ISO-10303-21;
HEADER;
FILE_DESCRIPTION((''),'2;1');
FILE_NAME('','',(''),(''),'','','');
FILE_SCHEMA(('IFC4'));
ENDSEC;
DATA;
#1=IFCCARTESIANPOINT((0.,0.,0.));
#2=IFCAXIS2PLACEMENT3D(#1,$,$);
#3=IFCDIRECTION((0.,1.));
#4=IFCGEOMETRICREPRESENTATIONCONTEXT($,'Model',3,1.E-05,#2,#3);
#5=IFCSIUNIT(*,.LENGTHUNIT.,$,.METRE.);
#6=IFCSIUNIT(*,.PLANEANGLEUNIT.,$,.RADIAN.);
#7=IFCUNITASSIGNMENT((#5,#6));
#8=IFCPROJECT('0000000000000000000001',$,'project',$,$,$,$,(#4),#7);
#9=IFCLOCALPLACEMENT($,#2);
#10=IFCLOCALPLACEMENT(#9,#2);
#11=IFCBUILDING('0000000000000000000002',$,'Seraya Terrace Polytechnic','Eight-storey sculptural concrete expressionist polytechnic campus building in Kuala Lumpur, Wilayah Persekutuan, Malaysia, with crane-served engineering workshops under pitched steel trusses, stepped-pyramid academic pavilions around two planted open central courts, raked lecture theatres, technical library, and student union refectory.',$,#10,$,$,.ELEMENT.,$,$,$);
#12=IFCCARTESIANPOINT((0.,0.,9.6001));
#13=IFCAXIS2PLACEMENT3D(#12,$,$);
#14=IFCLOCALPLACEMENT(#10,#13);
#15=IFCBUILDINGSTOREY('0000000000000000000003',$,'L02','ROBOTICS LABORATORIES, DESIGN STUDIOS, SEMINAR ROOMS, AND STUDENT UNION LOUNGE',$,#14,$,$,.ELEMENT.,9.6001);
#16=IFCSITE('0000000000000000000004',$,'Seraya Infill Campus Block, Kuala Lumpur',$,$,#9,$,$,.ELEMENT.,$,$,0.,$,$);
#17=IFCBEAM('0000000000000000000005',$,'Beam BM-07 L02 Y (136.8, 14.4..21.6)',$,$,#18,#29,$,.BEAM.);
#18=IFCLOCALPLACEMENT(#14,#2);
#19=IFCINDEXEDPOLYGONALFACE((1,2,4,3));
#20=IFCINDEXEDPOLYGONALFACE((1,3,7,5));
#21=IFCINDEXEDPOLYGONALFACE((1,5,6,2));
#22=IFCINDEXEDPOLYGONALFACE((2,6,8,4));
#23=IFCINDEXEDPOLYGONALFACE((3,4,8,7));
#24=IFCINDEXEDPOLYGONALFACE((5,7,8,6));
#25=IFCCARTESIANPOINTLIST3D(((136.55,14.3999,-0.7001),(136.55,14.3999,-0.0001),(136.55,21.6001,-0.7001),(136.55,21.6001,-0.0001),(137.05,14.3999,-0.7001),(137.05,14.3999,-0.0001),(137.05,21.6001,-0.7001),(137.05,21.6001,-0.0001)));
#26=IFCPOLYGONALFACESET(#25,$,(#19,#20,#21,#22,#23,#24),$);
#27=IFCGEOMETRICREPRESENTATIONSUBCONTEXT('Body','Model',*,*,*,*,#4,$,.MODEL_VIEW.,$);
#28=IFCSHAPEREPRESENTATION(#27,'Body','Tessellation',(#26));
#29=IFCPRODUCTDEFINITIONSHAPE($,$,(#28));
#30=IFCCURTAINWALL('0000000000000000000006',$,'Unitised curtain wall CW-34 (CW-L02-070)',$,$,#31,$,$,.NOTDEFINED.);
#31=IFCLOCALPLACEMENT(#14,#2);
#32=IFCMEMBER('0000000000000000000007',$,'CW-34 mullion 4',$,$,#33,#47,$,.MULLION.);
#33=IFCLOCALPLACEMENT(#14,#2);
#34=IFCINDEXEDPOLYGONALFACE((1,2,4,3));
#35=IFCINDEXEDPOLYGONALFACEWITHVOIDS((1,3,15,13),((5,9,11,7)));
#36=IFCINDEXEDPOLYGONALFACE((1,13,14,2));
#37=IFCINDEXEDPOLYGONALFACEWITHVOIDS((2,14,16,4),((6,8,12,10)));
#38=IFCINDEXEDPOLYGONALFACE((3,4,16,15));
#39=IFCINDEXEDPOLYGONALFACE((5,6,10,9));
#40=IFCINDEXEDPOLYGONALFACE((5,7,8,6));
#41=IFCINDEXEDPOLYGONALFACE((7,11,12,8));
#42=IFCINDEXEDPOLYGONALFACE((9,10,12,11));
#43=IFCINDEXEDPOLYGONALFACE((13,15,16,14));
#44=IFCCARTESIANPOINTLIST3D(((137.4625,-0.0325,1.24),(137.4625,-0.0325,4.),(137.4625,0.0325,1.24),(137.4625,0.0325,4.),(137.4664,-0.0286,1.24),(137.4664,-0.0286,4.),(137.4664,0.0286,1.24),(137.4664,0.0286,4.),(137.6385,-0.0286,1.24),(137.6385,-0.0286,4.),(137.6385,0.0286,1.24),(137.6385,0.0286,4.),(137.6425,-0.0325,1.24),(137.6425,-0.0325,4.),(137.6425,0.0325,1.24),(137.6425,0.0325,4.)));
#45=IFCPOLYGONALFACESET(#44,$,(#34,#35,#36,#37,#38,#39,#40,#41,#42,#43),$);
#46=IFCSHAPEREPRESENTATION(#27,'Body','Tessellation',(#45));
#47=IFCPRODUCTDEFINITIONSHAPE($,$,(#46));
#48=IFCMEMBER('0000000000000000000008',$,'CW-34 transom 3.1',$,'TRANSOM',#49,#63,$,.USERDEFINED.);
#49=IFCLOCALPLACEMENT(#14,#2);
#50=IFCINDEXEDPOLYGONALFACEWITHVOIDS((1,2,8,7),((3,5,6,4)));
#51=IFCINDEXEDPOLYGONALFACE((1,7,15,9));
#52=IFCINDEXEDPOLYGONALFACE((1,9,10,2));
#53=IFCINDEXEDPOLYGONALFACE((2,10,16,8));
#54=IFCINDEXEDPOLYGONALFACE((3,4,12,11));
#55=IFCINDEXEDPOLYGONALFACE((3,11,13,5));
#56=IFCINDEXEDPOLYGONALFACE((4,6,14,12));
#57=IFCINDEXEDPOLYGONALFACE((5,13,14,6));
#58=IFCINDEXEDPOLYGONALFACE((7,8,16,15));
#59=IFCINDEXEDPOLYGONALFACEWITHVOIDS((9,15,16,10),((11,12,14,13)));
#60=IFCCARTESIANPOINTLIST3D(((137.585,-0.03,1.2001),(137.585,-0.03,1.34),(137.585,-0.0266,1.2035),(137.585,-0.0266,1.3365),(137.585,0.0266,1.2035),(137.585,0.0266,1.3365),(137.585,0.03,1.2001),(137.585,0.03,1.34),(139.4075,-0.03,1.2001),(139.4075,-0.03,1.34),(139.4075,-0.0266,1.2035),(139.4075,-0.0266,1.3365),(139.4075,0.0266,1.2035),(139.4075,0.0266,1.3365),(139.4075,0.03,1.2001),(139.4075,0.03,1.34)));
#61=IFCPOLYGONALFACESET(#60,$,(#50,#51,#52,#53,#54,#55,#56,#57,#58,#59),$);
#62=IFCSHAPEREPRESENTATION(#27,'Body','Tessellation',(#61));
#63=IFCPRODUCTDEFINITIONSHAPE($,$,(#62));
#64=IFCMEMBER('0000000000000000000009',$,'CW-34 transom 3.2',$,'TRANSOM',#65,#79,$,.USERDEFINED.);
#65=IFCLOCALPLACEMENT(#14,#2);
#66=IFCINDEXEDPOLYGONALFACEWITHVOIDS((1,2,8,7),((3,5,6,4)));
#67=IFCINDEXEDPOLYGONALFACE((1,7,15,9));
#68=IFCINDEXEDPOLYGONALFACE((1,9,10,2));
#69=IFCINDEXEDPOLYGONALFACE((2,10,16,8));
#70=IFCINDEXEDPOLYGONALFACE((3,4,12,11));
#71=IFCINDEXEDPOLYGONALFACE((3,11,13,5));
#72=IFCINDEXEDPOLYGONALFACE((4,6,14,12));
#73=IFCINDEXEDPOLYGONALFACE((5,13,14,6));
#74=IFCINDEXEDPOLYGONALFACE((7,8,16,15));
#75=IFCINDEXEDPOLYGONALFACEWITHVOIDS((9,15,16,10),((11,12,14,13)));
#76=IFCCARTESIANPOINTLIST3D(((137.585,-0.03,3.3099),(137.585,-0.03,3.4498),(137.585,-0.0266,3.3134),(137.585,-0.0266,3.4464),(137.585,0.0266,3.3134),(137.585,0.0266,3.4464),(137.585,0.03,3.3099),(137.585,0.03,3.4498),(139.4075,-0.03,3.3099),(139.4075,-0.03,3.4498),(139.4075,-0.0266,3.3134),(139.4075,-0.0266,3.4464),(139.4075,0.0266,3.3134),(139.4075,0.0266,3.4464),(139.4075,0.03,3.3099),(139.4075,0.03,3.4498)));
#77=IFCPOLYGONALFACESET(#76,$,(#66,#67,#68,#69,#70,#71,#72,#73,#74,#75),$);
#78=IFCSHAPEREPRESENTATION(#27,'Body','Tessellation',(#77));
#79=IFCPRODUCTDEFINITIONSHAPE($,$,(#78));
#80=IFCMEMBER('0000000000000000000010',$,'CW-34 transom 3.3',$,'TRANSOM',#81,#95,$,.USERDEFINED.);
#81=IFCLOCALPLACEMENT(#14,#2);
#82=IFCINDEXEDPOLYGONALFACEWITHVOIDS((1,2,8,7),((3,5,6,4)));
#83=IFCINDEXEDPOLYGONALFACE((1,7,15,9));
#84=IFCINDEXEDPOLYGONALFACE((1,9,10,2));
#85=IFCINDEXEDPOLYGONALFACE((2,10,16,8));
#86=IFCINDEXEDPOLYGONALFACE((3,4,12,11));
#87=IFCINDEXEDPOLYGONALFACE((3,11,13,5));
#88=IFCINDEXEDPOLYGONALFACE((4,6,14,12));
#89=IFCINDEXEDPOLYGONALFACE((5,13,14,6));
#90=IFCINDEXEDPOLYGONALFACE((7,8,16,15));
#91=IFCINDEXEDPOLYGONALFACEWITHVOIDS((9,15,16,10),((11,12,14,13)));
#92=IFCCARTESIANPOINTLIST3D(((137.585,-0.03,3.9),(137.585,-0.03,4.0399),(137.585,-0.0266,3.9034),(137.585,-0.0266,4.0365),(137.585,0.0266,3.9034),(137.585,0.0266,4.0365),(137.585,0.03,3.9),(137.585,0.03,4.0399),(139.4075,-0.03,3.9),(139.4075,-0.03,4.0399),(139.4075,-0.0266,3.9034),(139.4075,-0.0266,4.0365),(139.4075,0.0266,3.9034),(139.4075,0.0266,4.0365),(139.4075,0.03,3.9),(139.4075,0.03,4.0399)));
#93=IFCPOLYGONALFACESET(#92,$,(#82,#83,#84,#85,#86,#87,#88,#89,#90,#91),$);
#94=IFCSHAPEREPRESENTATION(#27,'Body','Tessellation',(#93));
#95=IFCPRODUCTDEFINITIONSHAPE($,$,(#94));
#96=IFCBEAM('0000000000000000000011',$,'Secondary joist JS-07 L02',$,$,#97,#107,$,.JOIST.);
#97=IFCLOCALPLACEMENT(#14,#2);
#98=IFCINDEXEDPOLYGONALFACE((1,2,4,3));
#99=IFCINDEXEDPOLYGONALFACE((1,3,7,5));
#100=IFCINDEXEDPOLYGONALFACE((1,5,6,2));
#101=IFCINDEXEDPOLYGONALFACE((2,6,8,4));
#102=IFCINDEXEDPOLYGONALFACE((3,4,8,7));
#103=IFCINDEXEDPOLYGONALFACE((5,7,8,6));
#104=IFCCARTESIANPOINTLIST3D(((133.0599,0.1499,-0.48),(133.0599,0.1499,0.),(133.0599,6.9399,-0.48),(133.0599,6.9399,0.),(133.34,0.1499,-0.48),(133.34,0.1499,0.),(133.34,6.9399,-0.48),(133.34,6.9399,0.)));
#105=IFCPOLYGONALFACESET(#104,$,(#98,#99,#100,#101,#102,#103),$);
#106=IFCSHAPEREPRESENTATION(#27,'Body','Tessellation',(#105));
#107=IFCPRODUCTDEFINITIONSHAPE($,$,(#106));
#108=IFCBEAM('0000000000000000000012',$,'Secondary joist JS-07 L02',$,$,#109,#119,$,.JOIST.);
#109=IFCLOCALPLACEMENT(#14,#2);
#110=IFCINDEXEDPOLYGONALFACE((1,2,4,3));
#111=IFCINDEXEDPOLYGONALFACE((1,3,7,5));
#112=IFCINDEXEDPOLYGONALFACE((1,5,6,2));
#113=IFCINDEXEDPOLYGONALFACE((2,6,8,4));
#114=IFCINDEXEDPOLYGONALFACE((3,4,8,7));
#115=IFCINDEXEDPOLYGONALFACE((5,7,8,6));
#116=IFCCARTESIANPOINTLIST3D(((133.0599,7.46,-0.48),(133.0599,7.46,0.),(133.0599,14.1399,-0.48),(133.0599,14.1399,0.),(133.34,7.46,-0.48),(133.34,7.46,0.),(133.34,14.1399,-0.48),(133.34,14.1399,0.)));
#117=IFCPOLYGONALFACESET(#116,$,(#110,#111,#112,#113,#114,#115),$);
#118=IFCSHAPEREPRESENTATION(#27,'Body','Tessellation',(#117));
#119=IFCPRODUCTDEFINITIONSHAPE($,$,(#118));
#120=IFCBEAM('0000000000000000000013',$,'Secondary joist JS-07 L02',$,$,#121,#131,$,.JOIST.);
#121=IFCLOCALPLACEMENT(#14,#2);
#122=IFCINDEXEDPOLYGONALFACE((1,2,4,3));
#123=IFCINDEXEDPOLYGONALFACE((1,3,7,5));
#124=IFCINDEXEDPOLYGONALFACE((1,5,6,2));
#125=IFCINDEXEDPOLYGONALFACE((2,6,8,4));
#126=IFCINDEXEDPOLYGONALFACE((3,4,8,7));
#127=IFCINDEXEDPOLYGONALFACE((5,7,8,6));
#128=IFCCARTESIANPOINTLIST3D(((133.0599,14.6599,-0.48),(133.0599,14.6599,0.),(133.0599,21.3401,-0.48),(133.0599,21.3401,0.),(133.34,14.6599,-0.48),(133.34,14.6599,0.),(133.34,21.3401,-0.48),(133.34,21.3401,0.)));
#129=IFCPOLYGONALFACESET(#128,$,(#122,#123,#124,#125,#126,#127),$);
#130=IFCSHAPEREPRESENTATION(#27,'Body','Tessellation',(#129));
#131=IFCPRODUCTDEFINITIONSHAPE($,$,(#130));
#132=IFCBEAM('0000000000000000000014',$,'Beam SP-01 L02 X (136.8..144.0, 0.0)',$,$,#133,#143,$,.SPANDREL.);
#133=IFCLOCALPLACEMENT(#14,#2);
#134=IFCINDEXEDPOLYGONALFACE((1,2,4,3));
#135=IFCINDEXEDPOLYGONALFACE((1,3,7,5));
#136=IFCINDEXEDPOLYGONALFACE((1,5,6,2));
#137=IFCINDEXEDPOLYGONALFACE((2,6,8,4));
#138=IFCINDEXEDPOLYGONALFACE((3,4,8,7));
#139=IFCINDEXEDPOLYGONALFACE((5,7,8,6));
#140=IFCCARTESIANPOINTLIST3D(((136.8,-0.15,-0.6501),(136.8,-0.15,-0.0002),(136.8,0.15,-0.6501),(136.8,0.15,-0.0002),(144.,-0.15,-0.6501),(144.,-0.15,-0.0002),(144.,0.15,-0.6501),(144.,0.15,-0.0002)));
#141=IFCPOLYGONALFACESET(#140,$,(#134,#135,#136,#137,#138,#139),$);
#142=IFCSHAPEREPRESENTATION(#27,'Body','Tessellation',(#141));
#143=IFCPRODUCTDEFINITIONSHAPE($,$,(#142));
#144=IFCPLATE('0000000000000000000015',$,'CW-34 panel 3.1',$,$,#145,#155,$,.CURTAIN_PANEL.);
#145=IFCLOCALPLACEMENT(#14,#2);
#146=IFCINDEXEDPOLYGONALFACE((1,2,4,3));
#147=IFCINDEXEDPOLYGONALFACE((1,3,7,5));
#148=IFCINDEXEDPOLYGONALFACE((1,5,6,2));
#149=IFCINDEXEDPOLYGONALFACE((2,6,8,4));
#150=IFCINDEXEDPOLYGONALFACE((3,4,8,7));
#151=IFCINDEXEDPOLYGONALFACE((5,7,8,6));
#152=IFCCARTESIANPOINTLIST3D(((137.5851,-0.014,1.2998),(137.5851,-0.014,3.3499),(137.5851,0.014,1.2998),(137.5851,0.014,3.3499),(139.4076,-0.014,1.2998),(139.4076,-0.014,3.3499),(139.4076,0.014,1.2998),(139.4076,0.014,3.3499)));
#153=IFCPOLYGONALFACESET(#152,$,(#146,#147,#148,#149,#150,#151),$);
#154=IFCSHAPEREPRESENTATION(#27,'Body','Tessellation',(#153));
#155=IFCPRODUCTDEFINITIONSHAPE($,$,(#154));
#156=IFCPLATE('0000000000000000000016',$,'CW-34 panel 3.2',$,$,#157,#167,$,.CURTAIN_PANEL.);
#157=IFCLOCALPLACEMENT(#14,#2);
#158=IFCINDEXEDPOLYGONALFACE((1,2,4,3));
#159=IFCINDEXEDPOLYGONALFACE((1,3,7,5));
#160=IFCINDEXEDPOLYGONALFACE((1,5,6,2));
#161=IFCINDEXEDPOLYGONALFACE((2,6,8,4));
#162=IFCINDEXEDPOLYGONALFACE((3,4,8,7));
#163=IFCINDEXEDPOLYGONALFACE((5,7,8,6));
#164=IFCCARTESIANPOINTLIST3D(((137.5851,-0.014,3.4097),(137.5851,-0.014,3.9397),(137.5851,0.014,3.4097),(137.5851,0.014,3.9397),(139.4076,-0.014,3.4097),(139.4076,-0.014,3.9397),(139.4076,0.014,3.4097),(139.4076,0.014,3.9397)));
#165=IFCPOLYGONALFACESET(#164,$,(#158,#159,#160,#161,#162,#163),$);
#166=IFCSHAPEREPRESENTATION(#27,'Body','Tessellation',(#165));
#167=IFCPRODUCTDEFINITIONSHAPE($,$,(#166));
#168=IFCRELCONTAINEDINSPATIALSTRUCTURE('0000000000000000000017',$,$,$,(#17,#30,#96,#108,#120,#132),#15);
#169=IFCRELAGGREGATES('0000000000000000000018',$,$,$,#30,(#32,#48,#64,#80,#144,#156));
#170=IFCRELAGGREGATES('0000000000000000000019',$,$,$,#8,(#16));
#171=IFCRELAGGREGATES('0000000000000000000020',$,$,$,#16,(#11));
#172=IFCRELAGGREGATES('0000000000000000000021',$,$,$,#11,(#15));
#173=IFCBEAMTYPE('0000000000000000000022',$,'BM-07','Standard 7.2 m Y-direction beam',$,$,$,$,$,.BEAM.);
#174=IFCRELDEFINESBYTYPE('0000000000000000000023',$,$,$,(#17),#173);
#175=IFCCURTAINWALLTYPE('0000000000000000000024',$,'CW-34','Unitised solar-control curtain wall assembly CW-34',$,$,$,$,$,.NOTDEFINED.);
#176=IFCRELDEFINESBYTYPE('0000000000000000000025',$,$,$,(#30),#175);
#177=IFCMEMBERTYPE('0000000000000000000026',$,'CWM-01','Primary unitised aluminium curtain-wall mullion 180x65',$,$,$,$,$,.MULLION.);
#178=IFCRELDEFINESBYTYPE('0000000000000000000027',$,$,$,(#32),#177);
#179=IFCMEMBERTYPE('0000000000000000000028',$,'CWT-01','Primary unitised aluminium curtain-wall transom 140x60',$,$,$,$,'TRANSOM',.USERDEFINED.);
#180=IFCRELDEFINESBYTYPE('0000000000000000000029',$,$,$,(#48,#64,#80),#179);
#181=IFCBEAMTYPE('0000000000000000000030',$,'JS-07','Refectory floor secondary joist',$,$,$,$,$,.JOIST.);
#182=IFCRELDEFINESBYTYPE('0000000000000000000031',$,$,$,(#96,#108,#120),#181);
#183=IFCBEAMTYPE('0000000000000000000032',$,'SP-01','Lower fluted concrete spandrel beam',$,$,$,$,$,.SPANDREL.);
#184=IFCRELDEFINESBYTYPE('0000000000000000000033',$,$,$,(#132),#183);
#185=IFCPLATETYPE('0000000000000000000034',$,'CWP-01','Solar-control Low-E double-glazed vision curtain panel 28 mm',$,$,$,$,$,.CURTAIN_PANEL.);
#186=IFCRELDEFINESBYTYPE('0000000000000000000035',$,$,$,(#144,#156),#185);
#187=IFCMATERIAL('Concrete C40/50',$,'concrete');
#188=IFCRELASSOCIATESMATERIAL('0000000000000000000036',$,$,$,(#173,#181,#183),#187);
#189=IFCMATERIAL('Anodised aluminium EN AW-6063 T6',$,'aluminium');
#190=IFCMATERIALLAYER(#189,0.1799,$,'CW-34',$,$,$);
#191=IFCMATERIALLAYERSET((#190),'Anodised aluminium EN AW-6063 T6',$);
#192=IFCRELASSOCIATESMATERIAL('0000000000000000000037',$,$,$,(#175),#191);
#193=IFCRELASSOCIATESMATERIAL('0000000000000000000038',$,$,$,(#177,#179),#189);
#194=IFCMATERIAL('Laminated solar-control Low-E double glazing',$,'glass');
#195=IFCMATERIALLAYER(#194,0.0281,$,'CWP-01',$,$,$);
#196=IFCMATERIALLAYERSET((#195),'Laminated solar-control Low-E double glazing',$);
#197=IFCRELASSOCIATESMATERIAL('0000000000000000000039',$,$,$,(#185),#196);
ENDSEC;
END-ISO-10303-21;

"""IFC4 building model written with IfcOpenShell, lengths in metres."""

from ifc_helpers import new_model, si_unit, direction, frame, origin, origin_2d, place, context, subcontext, project, spatial, rectangle, hollow_rectangle, extrude, material, layer, layer_set, material_profile, profile_set, type_object, element, aggregate, save


model = new_model("IFC4")

# Units and contexts
model_context = context("Model", 3, precision=1e-05, world=origin(), true_north=direction((0.0, 1.0)))
body_context = subcontext(model_context, "Body", "Model", "MODEL_VIEW")
ifc_project = project(units=[si_unit("LENGTHUNIT", "METRE"), si_unit("PLANEANGLEUNIT", "RADIAN")], contexts=[model_context])

# Site, building, storey
site_placement = place(None, origin())
site = spatial("IfcSite", under=ifc_project, at=site_placement, Name="Seraya Infill Campus Block, Kuala Lumpur", CompositionType="ELEMENT", RefElevation=0.0)
building_placement = place(site_placement, origin())
building = spatial("IfcBuilding", under=site, at=building_placement, Name="Seraya Terrace Polytechnic", Description="Eight-storey sculptural concrete expressionist polytechnic campus building in Kuala Lumpur, Wilayah Persekutuan, Malaysia, with crane-served engineering workshops under pitched steel trusses, stepped-pyramid academic pavilions around two planted open central courts, raked lecture theatres, technical library, and student union refectory.", CompositionType="ELEMENT")
storey_placement = place(building_placement, frame((0.0, 0.0, 9.6001)))
storey = spatial("IfcBuildingStorey", under=building, at=storey_placement, Name="L02", Description="ROBOTICS LABORATORIES, DESIGN STUDIOS, SEMINAR ROOMS, AND STUDENT UNION LOUNGE", CompositionType="ELEMENT", Elevation=9.6001)

# Shared definitions
ifc_material_1 = material(Name="Concrete C40/50", Category="concrete")

# Beam
ifc_material_profile_1 = material_profile(ifc_material_1, rectangle(XDim=0.5, YDim=0.7, at=origin_2d()), Name="RC 500x700")
ifc_profile_set_1 = profile_set([ifc_material_profile_1], Name="Concrete C40/50")
beam_type_1 = type_object("IfcBeamType", Name="BM-07", Description="Standard 7.2 m Y-direction beam", PredefinedType="BEAM", material=ifc_profile_set_1)
beam_1_placement = place(storey_placement, frame((136.8, 14.3999, -0.3501), z_axis=(0.0, 1.0, 0.0), x_axis=(-1.0, 0.0, 0.0)))
element("IfcBeam", 1, at=beam_1_placement, inside=storey, type_object=beam_type_1, Name="Beam BM-07 L02 Y (136.8, 14.4..21.6)", PredefinedType="BEAM", context=body_context, shape_type="SweptSolid", body=[
    extrude(rectangle(XDim=0.5, YDim=0.7, at=origin_2d()), origin(), (0.0, 0.0, 1.0), 7.2002),
])

# Curtain wall, members
ifc_material_2 = material(Name="Anodised aluminium EN AW-6063 T6", Category="aluminium")
ifc_layer_1 = layer(ifc_material_2, 0.1799, Name="CW-34")
ifc_layer_set_1 = layer_set([ifc_layer_1], Name="Anodised aluminium EN AW-6063 T6")
curtain_wall_type = type_object("IfcCurtainWallType", Name="CW-34", Description="Unitised solar-control curtain wall assembly CW-34", PredefinedType="NOTDEFINED", material=ifc_layer_set_1)
curtain_wall_placement = place(storey_placement, origin())
curtain_wall = element("IfcCurtainWall", 2, at=curtain_wall_placement, inside=storey, type_object=curtain_wall_type, Name="Unitised curtain wall CW-34 (CW-L02-070)", PredefinedType="NOTDEFINED")
ifc_material_profile_2 = material_profile(ifc_material_2, hollow_rectangle(XDim=0.0649, YDim=0.1799, WallThickness=0.0039, at=origin_2d()), Name="RHS 180x65x4.0")
ifc_profile_set_2 = profile_set([ifc_material_profile_2], Name="Anodised aluminium EN AW-6063 T6")
member_type_1 = type_object("IfcMemberType", Name="CWM-01", Description="Primary unitised aluminium curtain-wall mullion 180x65", PredefinedType="MULLION", material=ifc_profile_set_2)
member_1_placement = place(storey_placement, frame((137.5525, 0.0, 1.24), z_axis=(0.0, 0.0, 1.0), x_axis=(0.0, -1.0, 0.0)))
member_1 = element("IfcMember", 3, at=member_1_placement, type_object=member_type_1, Name="CW-34 mullion 4", PredefinedType="MULLION", context=body_context, shape_type="SweptSolid", body=[
    extrude(hollow_rectangle(XDim=0.0649, YDim=0.1799, WallThickness=0.0039, at=origin_2d()), origin(), (0.0, 0.0, 1.0), 2.76),
])
ifc_material_profile_3 = material_profile(ifc_material_2, hollow_rectangle(XDim=0.0601, YDim=0.1399, WallThickness=0.0034, at=origin_2d()), Name="RHS 140x60x3.5")
ifc_profile_set_3 = profile_set([ifc_material_profile_3], Name="Anodised aluminium EN AW-6063 T6")
member_type_2 = type_object("IfcMemberType", Name="CWT-01", Description="Primary unitised aluminium curtain-wall transom 140x60", ElementType="TRANSOM", PredefinedType="USERDEFINED", material=ifc_profile_set_3)
member_2_placement = place(storey_placement, frame((139.4075, 0.0, 1.27), z_axis=(-1.0, 0.0, 0.0), x_axis=(0.0, -1.0, 0.0)))
member_2 = element("IfcMember", 4, at=member_2_placement, type_object=member_type_2, Name="CW-34 transom 3.1", ObjectType="TRANSOM", PredefinedType="USERDEFINED", context=body_context, shape_type="SweptSolid", body=[
    extrude(hollow_rectangle(XDim=0.0601, YDim=0.1399, WallThickness=0.0034, at=origin_2d()), origin(), (0.0, 0.0, 1.0), 1.8225),
])
member_3_placement = place(storey_placement, frame((139.4075, 0.0, 3.3799), z_axis=(-1.0, 0.0, 0.0), x_axis=(0.0, -1.0, 0.0)))
member_3 = element("IfcMember", 5, at=member_3_placement, type_object=member_type_2, Name="CW-34 transom 3.2", ObjectType="TRANSOM", PredefinedType="USERDEFINED", context=body_context, shape_type="SweptSolid", body=[
    extrude(hollow_rectangle(XDim=0.0601, YDim=0.1399, WallThickness=0.0034, at=origin_2d()), origin(), (0.0, 0.0, 1.0), 1.8225),
])
member_4_placement = place(storey_placement, frame((139.4075, 0.0, 3.97), z_axis=(-1.0, 0.0, 0.0), x_axis=(0.0, -1.0, 0.0)))
member_4 = element("IfcMember", 6, at=member_4_placement, type_object=member_type_2, Name="CW-34 transom 3.3", ObjectType="TRANSOM", PredefinedType="USERDEFINED", context=body_context, shape_type="SweptSolid", body=[
    extrude(hollow_rectangle(XDim=0.0601, YDim=0.1399, WallThickness=0.0034, at=origin_2d()), origin(), (0.0, 0.0, 1.0), 1.8225),
])

# Beams
ifc_material_profile_4 = material_profile(ifc_material_1, rectangle(XDim=0.28, YDim=0.48, at=origin_2d()), Name="RC 280x480")
ifc_profile_set_4 = profile_set([ifc_material_profile_4], Name="Concrete C40/50")
beam_type_2 = type_object("IfcBeamType", Name="JS-07", Description="Refectory floor secondary joist", PredefinedType="JOIST", material=ifc_profile_set_4)
beam_2_placement = place(storey_placement, frame((133.2, 0.1499, -0.24), z_axis=(0.0, 1.0, 0.0), x_axis=(-1.0, 0.0, 0.0)))
element("IfcBeam", 7, at=beam_2_placement, inside=storey, type_object=beam_type_2, Name="Secondary joist JS-07 L02", PredefinedType="JOIST", context=body_context, shape_type="SweptSolid", body=[
    extrude(rectangle(XDim=0.28, YDim=0.48, at=origin_2d()), origin(), (0.0, 0.0, 1.0), 6.79),
])
beam_3_placement = place(storey_placement, frame((133.2, 7.46, -0.24), z_axis=(0.0, 1.0, 0.0), x_axis=(-1.0, 0.0, 0.0)))
element("IfcBeam", 8, at=beam_3_placement, inside=storey, type_object=beam_type_2, Name="Secondary joist JS-07 L02", PredefinedType="JOIST", context=body_context, shape_type="SweptSolid", body=[
    extrude(rectangle(XDim=0.28, YDim=0.48, at=origin_2d()), origin(), (0.0, 0.0, 1.0), 6.6799),
])
beam_4_placement = place(storey_placement, frame((133.2, 14.6599, -0.24), z_axis=(0.0, 1.0, 0.0), x_axis=(-1.0, 0.0, 0.0)))
element("IfcBeam", 9, at=beam_4_placement, inside=storey, type_object=beam_type_2, Name="Secondary joist JS-07 L02", PredefinedType="JOIST", context=body_context, shape_type="SweptSolid", body=[
    extrude(rectangle(XDim=0.28, YDim=0.48, at=origin_2d()), origin(), (0.0, 0.0, 1.0), 6.6802),
])
ifc_material_profile_5 = material_profile(ifc_material_1, rectangle(XDim=0.3, YDim=0.6499, at=origin_2d()), Name="RC 300x650")
ifc_profile_set_5 = profile_set([ifc_material_profile_5], Name="Concrete C40/50")
beam_type_3 = type_object("IfcBeamType", Name="SP-01", Description="Lower fluted concrete spandrel beam", PredefinedType="SPANDREL", material=ifc_profile_set_5)
beam_5_placement = place(storey_placement, frame((136.8, 0.0, -0.3252), z_axis=(1.0, 0.0, 0.0), x_axis=(0.0, 1.0, 0.0)))
element("IfcBeam", 10, at=beam_5_placement, inside=storey, type_object=beam_type_3, Name="Beam SP-01 L02 X (136.8..144.0, 0.0)", PredefinedType="SPANDREL", context=body_context, shape_type="SweptSolid", body=[
    extrude(rectangle(XDim=0.3, YDim=0.6499, at=origin_2d()), origin(), (0.0, 0.0, 1.0), 7.2),
])

# Plates
ifc_material_3 = material(Name="Laminated solar-control Low-E double glazing", Category="glass")
ifc_layer_2 = layer(ifc_material_3, 0.0281, Name="CWP-01")
ifc_layer_set_2 = layer_set([ifc_layer_2], Name="Laminated solar-control Low-E double glazing")
plate_type = type_object("IfcPlateType", Name="CWP-01", Description="Solar-control Low-E double-glazed vision curtain panel 28 mm", PredefinedType="CURTAIN_PANEL", material=ifc_layer_set_2)
plate_1_placement = place(storey_placement, frame((138.4963, 0.0, 1.2998), z_axis=(0.0, 0.0, 1.0), x_axis=(-1.0, 0.0, 0.0)))
plate_1 = element("IfcPlate", 11, at=plate_1_placement, type_object=plate_type, Name="CW-34 panel 3.1", PredefinedType="CURTAIN_PANEL", context=body_context, shape_type="SweptSolid", body=[
    extrude(rectangle(XDim=1.8225, YDim=0.0281, at=origin_2d()), origin(), (0.0, 0.0, 1.0), 2.05),
])
plate_2_placement = place(storey_placement, frame((138.4963, 0.0, 3.4097), z_axis=(0.0, 0.0, 1.0), x_axis=(-1.0, 0.0, 0.0)))
plate_2 = element("IfcPlate", 12, at=plate_2_placement, type_object=plate_type, Name="CW-34 panel 3.2", PredefinedType="CURTAIN_PANEL", context=body_context, shape_type="SweptSolid", body=[
    extrude(rectangle(XDim=1.8225, YDim=0.0281, at=origin_2d()), origin(), (0.0, 0.0, 1.0), 0.53),
])
aggregate(curtain_wall, [member_1, member_2, member_3, member_4, plate_1, plate_2])

save(model, "model.ifc")
